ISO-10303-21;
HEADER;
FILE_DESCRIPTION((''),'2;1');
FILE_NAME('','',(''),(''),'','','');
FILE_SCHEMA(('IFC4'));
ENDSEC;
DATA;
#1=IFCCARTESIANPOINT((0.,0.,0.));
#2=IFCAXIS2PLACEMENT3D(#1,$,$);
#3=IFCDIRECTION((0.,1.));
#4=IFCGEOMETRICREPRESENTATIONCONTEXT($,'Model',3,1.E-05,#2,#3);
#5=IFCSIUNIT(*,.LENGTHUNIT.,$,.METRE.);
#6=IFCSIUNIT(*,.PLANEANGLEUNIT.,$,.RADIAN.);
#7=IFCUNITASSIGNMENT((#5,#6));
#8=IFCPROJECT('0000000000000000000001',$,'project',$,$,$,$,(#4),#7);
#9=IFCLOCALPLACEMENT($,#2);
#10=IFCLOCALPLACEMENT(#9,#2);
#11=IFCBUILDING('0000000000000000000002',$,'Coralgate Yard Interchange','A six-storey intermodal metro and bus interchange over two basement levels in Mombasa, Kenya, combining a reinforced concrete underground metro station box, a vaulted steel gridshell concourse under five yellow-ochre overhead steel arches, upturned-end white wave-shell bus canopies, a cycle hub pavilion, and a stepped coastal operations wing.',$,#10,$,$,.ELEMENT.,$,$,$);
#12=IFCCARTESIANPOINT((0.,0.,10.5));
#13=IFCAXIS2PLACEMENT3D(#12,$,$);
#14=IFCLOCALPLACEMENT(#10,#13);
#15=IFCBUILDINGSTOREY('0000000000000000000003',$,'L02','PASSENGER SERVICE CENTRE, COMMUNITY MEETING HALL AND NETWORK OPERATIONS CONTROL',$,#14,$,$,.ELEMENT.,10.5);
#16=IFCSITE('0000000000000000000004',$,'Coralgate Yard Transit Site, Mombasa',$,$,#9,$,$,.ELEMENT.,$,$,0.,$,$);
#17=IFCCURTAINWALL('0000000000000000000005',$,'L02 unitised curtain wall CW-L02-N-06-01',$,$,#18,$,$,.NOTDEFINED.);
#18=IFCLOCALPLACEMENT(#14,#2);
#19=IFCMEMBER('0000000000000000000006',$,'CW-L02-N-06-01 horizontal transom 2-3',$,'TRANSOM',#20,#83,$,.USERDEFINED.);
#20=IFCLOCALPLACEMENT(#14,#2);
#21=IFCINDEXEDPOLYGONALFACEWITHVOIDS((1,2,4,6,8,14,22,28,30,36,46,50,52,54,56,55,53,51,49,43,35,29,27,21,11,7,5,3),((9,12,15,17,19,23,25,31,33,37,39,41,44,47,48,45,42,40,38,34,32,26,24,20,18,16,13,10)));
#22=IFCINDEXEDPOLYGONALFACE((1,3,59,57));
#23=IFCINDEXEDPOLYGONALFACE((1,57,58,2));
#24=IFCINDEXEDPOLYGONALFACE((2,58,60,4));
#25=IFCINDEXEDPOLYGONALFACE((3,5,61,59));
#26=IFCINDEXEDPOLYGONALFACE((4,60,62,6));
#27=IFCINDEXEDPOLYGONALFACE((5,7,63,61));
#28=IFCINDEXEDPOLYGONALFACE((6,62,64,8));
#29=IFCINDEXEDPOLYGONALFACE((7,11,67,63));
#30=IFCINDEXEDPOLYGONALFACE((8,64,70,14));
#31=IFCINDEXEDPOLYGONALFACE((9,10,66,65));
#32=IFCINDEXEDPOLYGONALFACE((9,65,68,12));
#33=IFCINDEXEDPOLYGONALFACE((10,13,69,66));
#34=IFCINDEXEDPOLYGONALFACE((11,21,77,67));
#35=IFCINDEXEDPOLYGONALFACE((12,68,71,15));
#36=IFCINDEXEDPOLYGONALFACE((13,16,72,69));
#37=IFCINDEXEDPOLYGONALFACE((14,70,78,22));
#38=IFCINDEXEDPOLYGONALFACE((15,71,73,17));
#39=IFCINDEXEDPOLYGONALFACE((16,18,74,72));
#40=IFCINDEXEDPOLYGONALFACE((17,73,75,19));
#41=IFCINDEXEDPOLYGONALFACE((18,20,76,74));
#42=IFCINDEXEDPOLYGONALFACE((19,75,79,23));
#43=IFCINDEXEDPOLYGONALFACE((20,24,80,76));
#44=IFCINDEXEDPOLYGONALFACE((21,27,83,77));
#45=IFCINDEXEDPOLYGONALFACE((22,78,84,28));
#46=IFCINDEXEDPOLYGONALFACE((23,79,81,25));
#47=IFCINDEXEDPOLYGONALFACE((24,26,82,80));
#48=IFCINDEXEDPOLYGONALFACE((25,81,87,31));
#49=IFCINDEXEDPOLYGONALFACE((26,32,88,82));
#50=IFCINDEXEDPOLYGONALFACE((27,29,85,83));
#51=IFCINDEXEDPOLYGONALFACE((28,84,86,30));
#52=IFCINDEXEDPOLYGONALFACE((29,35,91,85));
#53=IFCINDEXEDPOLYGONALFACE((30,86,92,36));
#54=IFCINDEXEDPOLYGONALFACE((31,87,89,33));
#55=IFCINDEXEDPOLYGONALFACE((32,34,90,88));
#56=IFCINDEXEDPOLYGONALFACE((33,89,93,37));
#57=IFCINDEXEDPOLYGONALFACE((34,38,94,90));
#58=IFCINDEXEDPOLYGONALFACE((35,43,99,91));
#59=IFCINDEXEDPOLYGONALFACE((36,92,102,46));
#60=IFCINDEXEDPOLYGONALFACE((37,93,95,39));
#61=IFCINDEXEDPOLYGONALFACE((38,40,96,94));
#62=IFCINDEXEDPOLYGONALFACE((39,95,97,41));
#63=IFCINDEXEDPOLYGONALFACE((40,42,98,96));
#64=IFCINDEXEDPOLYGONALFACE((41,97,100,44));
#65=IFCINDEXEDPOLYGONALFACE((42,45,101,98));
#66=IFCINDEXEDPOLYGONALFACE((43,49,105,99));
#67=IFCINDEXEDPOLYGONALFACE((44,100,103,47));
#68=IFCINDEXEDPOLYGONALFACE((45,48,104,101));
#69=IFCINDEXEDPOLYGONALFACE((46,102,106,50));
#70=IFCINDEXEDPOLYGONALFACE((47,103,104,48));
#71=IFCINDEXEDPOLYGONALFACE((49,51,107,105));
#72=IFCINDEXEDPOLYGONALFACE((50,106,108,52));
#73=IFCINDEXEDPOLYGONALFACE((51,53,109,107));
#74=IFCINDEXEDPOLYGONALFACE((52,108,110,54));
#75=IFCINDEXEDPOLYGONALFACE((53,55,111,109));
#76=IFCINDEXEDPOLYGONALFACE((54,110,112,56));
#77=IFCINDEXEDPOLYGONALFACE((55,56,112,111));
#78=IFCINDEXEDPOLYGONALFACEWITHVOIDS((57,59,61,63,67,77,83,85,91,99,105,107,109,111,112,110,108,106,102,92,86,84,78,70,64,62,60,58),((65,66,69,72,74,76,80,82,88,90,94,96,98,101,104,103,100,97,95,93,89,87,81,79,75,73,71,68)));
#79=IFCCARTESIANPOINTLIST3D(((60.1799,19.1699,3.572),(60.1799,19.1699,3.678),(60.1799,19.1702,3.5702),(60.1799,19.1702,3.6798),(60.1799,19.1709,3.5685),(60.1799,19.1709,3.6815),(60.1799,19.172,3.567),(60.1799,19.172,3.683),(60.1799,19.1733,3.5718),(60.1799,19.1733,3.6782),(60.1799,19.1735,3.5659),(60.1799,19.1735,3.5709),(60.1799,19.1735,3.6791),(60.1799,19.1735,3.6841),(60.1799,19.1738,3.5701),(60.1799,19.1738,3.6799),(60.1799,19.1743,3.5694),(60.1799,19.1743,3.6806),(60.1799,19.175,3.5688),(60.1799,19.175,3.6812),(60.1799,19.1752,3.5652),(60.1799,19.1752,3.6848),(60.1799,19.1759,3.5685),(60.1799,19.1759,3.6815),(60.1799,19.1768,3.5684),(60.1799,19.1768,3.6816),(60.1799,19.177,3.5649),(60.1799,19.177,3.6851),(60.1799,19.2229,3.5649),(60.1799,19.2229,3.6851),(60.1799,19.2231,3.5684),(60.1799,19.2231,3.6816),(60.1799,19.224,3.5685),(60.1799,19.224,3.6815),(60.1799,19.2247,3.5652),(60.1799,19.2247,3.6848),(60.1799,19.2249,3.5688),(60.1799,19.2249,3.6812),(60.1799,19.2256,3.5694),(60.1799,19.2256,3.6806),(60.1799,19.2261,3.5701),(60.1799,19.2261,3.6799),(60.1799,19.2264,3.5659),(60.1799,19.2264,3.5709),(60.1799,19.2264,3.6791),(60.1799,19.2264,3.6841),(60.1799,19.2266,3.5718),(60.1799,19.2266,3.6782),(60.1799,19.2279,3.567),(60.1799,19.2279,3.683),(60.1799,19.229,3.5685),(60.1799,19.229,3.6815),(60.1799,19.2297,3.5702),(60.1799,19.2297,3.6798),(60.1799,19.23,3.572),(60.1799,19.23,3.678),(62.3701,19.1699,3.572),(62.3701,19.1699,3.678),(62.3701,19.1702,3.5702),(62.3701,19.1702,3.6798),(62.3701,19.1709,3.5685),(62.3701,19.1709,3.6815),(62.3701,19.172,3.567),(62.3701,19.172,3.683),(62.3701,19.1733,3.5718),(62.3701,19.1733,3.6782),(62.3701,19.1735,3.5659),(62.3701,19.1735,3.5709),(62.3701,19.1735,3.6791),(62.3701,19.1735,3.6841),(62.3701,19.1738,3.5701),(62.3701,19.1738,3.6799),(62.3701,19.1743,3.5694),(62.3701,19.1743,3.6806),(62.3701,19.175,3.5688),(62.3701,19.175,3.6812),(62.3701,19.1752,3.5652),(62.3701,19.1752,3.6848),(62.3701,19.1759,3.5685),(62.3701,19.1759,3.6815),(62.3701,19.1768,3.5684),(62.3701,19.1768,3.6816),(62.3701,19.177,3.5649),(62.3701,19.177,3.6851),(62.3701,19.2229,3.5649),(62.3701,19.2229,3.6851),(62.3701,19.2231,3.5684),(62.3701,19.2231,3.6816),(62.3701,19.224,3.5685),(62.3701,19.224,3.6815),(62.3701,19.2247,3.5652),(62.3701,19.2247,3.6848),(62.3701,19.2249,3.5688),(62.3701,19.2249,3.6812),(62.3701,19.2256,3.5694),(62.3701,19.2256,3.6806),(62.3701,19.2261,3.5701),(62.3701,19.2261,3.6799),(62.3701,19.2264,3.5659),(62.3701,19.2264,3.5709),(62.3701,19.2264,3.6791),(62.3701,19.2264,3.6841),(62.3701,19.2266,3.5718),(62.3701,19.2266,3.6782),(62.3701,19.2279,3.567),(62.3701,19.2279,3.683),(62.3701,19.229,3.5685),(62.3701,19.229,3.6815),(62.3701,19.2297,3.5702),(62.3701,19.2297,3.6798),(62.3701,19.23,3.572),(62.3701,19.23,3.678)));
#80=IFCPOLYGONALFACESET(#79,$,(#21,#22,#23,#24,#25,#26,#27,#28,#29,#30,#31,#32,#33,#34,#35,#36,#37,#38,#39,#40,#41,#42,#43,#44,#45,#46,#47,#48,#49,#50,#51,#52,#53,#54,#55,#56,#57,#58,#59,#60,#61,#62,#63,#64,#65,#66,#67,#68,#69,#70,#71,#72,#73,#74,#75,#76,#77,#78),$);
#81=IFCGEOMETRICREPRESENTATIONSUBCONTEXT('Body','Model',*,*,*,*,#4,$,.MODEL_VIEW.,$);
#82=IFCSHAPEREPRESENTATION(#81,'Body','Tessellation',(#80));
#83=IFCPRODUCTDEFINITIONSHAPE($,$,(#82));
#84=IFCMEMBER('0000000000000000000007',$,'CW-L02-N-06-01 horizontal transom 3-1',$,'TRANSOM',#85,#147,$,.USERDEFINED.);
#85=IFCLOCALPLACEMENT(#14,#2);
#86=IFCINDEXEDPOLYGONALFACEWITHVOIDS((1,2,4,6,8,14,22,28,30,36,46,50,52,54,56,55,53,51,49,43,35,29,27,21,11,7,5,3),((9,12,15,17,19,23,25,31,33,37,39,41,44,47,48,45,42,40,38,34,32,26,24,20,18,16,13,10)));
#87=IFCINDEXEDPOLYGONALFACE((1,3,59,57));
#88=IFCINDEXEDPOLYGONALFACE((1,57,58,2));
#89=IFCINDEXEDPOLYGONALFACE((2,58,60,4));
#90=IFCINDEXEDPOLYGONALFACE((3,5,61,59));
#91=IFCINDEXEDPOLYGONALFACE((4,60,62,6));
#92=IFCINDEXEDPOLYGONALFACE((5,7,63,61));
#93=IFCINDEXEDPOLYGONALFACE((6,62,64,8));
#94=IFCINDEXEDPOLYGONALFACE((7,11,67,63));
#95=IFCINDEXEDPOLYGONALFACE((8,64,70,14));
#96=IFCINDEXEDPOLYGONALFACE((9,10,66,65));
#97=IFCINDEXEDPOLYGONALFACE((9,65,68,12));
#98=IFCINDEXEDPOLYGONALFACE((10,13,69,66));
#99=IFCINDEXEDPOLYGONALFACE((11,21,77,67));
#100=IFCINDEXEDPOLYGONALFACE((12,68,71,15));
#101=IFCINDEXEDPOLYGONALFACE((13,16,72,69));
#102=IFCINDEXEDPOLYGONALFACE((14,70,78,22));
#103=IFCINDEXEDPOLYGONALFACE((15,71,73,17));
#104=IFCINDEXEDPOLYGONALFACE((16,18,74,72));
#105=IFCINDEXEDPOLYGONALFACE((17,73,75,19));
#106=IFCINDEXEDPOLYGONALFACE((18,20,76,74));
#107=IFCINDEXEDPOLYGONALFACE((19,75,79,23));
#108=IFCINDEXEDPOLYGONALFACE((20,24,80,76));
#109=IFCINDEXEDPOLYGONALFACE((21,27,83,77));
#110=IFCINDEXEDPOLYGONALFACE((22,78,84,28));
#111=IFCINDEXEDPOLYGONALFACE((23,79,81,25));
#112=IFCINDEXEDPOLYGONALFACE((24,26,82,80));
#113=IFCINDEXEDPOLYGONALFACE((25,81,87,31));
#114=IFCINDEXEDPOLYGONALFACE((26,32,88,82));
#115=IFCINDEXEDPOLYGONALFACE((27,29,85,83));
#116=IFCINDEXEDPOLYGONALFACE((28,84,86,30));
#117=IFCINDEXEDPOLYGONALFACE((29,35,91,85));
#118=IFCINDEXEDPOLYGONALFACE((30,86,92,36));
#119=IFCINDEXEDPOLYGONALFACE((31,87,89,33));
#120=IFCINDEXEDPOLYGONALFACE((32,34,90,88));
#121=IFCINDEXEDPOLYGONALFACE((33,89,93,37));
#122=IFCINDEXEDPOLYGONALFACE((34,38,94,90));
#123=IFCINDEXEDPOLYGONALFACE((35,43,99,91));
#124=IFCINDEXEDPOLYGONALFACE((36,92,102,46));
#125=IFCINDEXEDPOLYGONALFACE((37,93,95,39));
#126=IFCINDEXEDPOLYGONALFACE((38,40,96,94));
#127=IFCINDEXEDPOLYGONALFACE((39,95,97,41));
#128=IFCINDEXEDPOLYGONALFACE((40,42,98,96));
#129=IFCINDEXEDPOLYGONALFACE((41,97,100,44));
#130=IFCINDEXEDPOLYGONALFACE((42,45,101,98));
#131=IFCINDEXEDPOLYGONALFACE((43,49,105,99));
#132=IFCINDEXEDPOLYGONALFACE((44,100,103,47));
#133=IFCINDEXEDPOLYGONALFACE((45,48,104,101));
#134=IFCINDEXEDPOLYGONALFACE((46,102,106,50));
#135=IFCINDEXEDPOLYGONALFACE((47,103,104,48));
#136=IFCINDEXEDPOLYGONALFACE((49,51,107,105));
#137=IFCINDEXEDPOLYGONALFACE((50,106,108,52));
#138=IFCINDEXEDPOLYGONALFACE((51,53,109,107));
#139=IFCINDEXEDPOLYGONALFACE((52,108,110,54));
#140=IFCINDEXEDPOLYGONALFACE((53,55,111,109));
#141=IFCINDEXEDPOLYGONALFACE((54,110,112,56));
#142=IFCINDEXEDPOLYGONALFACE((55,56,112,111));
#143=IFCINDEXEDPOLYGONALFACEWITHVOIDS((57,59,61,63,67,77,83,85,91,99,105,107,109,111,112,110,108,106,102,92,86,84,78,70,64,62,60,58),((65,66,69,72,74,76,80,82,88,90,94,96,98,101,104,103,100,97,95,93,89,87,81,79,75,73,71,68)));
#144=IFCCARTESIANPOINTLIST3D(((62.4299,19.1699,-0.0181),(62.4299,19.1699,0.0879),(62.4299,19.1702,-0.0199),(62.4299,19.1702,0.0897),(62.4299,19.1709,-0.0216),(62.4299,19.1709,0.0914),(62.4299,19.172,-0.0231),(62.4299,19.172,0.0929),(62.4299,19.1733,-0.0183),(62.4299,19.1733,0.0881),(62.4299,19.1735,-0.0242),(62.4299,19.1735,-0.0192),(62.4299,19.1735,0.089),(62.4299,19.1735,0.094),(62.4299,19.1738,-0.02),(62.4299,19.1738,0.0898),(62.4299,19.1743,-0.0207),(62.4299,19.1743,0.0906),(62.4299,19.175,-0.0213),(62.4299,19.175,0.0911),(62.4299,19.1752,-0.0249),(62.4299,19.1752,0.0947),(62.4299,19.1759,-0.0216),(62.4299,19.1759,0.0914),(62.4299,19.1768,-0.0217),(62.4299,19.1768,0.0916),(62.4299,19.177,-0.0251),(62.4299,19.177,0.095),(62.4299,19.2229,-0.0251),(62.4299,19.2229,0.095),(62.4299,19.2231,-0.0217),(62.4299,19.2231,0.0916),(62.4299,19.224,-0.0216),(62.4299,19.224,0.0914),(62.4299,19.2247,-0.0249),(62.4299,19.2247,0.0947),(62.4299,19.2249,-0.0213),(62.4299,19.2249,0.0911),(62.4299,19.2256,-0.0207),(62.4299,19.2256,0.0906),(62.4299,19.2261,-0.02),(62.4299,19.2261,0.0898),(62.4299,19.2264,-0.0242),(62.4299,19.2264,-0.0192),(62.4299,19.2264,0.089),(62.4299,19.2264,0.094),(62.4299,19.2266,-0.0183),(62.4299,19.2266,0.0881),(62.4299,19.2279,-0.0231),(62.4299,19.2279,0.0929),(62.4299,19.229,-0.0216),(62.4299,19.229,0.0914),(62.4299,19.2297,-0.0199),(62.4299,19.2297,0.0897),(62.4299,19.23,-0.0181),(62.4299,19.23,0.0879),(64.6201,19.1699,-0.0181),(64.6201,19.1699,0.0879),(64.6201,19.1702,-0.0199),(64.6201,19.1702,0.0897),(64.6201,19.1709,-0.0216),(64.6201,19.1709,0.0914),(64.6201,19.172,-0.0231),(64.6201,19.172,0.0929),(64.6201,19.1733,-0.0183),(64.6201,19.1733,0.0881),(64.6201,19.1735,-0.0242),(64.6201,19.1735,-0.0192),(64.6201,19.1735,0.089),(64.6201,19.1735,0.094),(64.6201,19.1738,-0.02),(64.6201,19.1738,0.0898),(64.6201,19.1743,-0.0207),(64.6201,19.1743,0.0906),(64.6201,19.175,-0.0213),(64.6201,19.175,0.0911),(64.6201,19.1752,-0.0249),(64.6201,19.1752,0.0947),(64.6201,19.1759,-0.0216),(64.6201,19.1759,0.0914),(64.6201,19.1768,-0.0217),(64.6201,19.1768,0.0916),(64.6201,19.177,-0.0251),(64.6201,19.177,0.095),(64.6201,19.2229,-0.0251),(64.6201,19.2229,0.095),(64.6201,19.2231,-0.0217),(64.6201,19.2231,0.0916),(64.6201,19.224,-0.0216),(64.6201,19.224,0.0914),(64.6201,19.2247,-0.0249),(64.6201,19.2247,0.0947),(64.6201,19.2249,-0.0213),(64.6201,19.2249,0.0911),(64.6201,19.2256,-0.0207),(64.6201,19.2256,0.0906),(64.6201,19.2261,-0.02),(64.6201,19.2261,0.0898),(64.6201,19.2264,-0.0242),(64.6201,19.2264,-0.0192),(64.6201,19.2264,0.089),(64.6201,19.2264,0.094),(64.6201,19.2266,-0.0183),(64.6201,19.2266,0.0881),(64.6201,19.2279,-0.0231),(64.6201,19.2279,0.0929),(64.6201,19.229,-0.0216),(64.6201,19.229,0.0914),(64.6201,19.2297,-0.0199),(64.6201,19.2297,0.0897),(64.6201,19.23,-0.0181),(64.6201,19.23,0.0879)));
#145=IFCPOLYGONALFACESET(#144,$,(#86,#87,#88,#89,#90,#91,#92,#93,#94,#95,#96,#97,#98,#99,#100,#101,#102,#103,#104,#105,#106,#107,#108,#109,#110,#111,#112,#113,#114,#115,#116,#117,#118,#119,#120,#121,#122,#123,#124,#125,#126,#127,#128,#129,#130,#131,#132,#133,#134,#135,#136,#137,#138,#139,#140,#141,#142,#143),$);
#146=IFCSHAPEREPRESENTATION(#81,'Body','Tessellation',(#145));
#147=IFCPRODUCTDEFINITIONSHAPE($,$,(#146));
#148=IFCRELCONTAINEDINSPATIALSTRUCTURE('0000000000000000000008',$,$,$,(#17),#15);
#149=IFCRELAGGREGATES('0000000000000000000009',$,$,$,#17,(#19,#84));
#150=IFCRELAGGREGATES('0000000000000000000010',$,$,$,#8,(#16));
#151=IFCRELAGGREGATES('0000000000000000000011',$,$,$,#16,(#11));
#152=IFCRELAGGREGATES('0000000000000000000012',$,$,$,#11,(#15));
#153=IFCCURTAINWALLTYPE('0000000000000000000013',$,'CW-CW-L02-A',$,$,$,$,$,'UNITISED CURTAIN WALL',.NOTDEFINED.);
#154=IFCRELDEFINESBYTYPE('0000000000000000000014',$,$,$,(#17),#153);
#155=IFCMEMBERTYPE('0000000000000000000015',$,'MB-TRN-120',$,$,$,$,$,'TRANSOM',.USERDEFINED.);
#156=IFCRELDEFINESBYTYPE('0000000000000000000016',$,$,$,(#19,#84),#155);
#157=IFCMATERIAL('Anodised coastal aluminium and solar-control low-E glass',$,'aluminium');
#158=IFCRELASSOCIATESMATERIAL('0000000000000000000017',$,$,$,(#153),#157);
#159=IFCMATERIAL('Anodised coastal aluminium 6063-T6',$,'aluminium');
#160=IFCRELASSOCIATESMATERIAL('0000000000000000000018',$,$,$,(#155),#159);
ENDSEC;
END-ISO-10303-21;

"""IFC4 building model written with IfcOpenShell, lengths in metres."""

from ifc_helpers import new_model, si_unit, direction, frame, origin, origin_2d, place, context, subcontext, project, spatial, hollow_rectangle, extrude, material, material_profile, profile_set, type_object, element, aggregate, save


model = new_model("IFC4")

# Units and contexts
model_context = context("Model", 3, precision=1e-05, world=origin(), true_north=direction((0.0, 1.0)))
body_context = subcontext(model_context, "Body", "Model", "MODEL_VIEW")
ifc_project = project(units=[si_unit("LENGTHUNIT", "METRE"), si_unit("PLANEANGLEUNIT", "RADIAN")], contexts=[model_context])

# Site, building, storey
site_placement = place(None, origin())
site = spatial("IfcSite", under=ifc_project, at=site_placement, Name="Coralgate Yard Transit Site, Mombasa", CompositionType="ELEMENT", RefElevation=0.0)
building_placement = place(site_placement, origin())
building = spatial("IfcBuilding", under=site, at=building_placement, Name="Coralgate Yard Interchange", Description="A six-storey intermodal metro and bus interchange over two basement levels in Mombasa, Kenya, combining a reinforced concrete underground metro station box, a vaulted steel gridshell concourse under five yellow-ochre overhead steel arches, upturned-end white wave-shell bus canopies, a cycle hub pavilion, and a stepped coastal operations wing.", CompositionType="ELEMENT")
storey_placement = place(building_placement, frame((0.0, 0.0, 10.5)))
storey = spatial("IfcBuildingStorey", under=building, at=storey_placement, Name="L02", Description="PASSENGER SERVICE CENTRE, COMMUNITY MEETING HALL AND NETWORK OPERATIONS CONTROL", CompositionType="ELEMENT", Elevation=10.5)

# Shared definitions
ifc_material_1 = material(Name="Anodised coastal aluminium and solar-control low-E glass", Category="aluminium")
curtain_wall_type = type_object("IfcCurtainWallType", Name="CW-CW-L02-A", ElementType="UNITISED CURTAIN WALL", PredefinedType="NOTDEFINED", material=ifc_material_1)
ifc_material_2 = material(Name="Anodised coastal aluminium 6063-T6", Category="aluminium")

# Curtain wall, members
curtain_wall_1_placement = place(storey_placement, origin())
curtain_wall_1 = element("IfcCurtainWall", 1, at=curtain_wall_1_placement, inside=storey, type_object=curtain_wall_type, Name="L02 unitised curtain wall CW-L02-N-06-01", PredefinedType="NOTDEFINED")
ifc_material_profile_1 = material_profile(ifc_material_2, hollow_rectangle(XDim=0.0601, YDim=0.1201, WallThickness=0.0034, InnerFilletRadius=0.0034, OuterFilletRadius=0.0071, at=origin_2d()), Name="ALU 60x120x3.5")
ifc_profile_set_1 = profile_set([ifc_material_profile_1], Name="Anodised coastal aluminium 6063-T6")
member_type_1 = type_object("IfcMemberType", Name="MB-TRN-120", ElementType="TRANSOM", PredefinedType="USERDEFINED", material=ifc_profile_set_1)
member_1_placement = place(storey_placement, frame((60.1799, 19.2, 3.625), z_axis=(1.0, 0.0, 0.0), x_axis=(0.0, 1.0, 0.0)))
member_1 = element("IfcMember", 2, at=member_1_placement, type_object=member_type_1, Name="CW-L02-N-06-01 horizontal transom 2-3", ObjectType="TRANSOM", PredefinedType="USERDEFINED", context=body_context, shape_type="SweptSolid", body=[
    extrude(hollow_rectangle(XDim=0.0601, YDim=0.1201, WallThickness=0.0034, InnerFilletRadius=0.0034, OuterFilletRadius=0.0071, at=origin_2d()), origin(), (0.0, 0.0, 1.0), 2.1902),
])
member_2_placement = place(storey_placement, frame((62.4299, 19.2, 0.0349), z_axis=(1.0, 0.0, 0.0), x_axis=(0.0, 1.0, 0.0)))
member_2 = element("IfcMember", 3, at=member_2_placement, type_object=member_type_1, Name="CW-L02-N-06-01 horizontal transom 3-1", ObjectType="TRANSOM", PredefinedType="USERDEFINED", context=body_context, shape_type="SweptSolid", body=[
    extrude(hollow_rectangle(XDim=0.0601, YDim=0.1201, WallThickness=0.0034, InnerFilletRadius=0.0034, OuterFilletRadius=0.0071, at=origin_2d()), origin(), (0.0, 0.0, 1.0), 2.1902),
])
aggregate(curtain_wall_1, [member_1, member_2])

save(model, "model.ifc")
